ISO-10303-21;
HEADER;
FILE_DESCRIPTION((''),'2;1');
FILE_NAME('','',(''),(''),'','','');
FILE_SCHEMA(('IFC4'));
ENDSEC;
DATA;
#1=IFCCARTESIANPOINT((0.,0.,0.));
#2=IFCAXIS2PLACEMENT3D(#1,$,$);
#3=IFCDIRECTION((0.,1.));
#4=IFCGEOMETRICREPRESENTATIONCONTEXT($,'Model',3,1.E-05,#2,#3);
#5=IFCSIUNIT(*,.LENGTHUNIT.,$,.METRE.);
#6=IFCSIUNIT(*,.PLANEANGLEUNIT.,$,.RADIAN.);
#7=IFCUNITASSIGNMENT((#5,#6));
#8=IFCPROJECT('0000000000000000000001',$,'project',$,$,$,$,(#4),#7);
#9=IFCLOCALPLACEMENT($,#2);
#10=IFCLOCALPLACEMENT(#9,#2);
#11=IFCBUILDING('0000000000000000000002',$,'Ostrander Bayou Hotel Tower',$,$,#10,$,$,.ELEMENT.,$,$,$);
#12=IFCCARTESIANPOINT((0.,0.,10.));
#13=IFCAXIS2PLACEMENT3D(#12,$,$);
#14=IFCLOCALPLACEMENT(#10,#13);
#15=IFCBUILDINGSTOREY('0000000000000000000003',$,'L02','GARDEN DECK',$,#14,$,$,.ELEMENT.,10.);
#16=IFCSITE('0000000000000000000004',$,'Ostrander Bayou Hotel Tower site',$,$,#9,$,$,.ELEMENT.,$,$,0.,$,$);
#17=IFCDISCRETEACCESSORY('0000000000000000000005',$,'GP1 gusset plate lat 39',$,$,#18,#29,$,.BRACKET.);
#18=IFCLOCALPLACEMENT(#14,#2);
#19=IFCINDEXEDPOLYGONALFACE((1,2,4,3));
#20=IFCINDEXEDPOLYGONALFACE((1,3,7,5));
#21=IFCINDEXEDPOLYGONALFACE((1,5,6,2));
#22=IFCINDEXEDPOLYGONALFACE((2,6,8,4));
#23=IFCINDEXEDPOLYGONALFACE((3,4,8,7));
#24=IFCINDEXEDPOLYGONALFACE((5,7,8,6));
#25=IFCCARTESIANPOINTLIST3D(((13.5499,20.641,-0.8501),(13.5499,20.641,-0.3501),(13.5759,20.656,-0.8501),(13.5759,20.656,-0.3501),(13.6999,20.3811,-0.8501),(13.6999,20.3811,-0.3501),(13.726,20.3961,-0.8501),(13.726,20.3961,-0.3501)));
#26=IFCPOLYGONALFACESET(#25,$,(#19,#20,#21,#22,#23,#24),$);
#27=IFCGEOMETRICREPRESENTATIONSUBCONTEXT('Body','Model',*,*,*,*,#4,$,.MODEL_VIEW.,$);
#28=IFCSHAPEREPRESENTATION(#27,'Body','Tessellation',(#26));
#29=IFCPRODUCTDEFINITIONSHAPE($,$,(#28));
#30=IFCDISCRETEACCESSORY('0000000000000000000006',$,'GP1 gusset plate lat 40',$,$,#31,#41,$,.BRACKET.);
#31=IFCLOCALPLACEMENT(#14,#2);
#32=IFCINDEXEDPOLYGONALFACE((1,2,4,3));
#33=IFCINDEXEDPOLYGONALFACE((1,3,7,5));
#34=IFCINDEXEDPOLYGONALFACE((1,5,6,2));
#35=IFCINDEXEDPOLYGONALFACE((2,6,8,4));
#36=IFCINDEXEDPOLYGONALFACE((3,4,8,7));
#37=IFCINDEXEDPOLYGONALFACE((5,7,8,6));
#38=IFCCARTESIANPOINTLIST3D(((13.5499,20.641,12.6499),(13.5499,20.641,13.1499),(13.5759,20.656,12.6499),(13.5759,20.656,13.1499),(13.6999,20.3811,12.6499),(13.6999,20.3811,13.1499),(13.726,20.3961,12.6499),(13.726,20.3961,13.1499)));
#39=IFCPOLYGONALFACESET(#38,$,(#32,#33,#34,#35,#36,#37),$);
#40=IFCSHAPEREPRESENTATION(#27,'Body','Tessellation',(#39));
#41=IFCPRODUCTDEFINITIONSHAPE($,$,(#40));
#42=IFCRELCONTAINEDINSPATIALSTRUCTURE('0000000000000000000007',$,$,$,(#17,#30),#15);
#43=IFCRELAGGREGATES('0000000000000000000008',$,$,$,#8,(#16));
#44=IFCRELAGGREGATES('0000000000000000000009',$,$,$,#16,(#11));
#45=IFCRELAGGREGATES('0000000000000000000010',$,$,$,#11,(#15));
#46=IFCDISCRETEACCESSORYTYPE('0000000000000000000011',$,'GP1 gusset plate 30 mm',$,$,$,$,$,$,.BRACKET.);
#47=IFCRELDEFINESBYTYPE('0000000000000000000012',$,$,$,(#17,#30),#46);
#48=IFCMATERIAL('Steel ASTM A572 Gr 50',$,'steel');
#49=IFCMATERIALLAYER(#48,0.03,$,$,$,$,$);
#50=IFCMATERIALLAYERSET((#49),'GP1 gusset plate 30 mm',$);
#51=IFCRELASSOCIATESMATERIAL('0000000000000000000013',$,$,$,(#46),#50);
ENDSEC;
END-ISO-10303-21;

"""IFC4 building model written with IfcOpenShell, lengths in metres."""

from ifc_helpers import new_model, si_unit, direction, frame, origin, origin_2d, place, context, subcontext, project, spatial, rectangle, extrude, material, layer, layer_set, type_object, element, save


model = new_model("IFC4")

# Units and contexts
model_context = context("Model", 3, precision=1e-05, world=origin(), true_north=direction((0.0, 1.0)))
body_context = subcontext(model_context, "Body", "Model", "MODEL_VIEW")
ifc_project = project(units=[si_unit("LENGTHUNIT", "METRE"), si_unit("PLANEANGLEUNIT", "RADIAN")], contexts=[model_context])

# Site, building, storey
site_placement = place(None, origin())
site = spatial("IfcSite", under=ifc_project, at=site_placement, Name="Ostrander Bayou Hotel Tower site", CompositionType="ELEMENT", RefElevation=0.0)
building_placement = place(site_placement, origin())
building = spatial("IfcBuilding", under=site, at=building_placement, Name="Ostrander Bayou Hotel Tower", CompositionType="ELEMENT")
storey_placement = place(building_placement, frame((0.0, 0.0, 10.0)))
storey = spatial("IfcBuildingStorey", under=building, at=storey_placement, Name="L02", Description="GARDEN DECK", CompositionType="ELEMENT", Elevation=10.0)

# Discrete accessories
ifc_material_1 = material(Name="Steel ASTM A572 Gr 50", Category="steel")
ifc_layer_1 = layer(ifc_material_1, 0.03)
ifc_layer_set_1 = layer_set([ifc_layer_1], Name="GP1 gusset plate 30 mm")
discrete_accessory_type = type_object("IfcDiscreteAccessoryType", Name="GP1 gusset plate 30 mm", PredefinedType="BRACKET", material=ifc_layer_set_1)
for number, where, z_axis, x_axis, name in (
    (1, (13.6379, 20.5186, -0.8501), (0.0, 0.0, 1.0), (-0.5, 0.866025, 0.0), "GP1 gusset plate lat 39"),
    (2, (13.6379, 20.5186, 12.6499), (0.0, 0.0, 1.0), (-0.5, 0.866025, 0.0), "GP1 gusset plate lat 40"),
):
    element("IfcDiscreteAccessory", number, at=place(storey_placement, frame(where, z_axis=z_axis, x_axis=x_axis)), inside=storey, type_object=discrete_accessory_type, Name=name, PredefinedType="BRACKET", context=body_context, shape_type="SweptSolid", body=[
        extrude(rectangle(XDim=0.3, YDim=0.03, at=origin_2d()), origin(), (0.0, 0.0, 1.0), 0.5),
    ])

save(model, "model.ifc")
